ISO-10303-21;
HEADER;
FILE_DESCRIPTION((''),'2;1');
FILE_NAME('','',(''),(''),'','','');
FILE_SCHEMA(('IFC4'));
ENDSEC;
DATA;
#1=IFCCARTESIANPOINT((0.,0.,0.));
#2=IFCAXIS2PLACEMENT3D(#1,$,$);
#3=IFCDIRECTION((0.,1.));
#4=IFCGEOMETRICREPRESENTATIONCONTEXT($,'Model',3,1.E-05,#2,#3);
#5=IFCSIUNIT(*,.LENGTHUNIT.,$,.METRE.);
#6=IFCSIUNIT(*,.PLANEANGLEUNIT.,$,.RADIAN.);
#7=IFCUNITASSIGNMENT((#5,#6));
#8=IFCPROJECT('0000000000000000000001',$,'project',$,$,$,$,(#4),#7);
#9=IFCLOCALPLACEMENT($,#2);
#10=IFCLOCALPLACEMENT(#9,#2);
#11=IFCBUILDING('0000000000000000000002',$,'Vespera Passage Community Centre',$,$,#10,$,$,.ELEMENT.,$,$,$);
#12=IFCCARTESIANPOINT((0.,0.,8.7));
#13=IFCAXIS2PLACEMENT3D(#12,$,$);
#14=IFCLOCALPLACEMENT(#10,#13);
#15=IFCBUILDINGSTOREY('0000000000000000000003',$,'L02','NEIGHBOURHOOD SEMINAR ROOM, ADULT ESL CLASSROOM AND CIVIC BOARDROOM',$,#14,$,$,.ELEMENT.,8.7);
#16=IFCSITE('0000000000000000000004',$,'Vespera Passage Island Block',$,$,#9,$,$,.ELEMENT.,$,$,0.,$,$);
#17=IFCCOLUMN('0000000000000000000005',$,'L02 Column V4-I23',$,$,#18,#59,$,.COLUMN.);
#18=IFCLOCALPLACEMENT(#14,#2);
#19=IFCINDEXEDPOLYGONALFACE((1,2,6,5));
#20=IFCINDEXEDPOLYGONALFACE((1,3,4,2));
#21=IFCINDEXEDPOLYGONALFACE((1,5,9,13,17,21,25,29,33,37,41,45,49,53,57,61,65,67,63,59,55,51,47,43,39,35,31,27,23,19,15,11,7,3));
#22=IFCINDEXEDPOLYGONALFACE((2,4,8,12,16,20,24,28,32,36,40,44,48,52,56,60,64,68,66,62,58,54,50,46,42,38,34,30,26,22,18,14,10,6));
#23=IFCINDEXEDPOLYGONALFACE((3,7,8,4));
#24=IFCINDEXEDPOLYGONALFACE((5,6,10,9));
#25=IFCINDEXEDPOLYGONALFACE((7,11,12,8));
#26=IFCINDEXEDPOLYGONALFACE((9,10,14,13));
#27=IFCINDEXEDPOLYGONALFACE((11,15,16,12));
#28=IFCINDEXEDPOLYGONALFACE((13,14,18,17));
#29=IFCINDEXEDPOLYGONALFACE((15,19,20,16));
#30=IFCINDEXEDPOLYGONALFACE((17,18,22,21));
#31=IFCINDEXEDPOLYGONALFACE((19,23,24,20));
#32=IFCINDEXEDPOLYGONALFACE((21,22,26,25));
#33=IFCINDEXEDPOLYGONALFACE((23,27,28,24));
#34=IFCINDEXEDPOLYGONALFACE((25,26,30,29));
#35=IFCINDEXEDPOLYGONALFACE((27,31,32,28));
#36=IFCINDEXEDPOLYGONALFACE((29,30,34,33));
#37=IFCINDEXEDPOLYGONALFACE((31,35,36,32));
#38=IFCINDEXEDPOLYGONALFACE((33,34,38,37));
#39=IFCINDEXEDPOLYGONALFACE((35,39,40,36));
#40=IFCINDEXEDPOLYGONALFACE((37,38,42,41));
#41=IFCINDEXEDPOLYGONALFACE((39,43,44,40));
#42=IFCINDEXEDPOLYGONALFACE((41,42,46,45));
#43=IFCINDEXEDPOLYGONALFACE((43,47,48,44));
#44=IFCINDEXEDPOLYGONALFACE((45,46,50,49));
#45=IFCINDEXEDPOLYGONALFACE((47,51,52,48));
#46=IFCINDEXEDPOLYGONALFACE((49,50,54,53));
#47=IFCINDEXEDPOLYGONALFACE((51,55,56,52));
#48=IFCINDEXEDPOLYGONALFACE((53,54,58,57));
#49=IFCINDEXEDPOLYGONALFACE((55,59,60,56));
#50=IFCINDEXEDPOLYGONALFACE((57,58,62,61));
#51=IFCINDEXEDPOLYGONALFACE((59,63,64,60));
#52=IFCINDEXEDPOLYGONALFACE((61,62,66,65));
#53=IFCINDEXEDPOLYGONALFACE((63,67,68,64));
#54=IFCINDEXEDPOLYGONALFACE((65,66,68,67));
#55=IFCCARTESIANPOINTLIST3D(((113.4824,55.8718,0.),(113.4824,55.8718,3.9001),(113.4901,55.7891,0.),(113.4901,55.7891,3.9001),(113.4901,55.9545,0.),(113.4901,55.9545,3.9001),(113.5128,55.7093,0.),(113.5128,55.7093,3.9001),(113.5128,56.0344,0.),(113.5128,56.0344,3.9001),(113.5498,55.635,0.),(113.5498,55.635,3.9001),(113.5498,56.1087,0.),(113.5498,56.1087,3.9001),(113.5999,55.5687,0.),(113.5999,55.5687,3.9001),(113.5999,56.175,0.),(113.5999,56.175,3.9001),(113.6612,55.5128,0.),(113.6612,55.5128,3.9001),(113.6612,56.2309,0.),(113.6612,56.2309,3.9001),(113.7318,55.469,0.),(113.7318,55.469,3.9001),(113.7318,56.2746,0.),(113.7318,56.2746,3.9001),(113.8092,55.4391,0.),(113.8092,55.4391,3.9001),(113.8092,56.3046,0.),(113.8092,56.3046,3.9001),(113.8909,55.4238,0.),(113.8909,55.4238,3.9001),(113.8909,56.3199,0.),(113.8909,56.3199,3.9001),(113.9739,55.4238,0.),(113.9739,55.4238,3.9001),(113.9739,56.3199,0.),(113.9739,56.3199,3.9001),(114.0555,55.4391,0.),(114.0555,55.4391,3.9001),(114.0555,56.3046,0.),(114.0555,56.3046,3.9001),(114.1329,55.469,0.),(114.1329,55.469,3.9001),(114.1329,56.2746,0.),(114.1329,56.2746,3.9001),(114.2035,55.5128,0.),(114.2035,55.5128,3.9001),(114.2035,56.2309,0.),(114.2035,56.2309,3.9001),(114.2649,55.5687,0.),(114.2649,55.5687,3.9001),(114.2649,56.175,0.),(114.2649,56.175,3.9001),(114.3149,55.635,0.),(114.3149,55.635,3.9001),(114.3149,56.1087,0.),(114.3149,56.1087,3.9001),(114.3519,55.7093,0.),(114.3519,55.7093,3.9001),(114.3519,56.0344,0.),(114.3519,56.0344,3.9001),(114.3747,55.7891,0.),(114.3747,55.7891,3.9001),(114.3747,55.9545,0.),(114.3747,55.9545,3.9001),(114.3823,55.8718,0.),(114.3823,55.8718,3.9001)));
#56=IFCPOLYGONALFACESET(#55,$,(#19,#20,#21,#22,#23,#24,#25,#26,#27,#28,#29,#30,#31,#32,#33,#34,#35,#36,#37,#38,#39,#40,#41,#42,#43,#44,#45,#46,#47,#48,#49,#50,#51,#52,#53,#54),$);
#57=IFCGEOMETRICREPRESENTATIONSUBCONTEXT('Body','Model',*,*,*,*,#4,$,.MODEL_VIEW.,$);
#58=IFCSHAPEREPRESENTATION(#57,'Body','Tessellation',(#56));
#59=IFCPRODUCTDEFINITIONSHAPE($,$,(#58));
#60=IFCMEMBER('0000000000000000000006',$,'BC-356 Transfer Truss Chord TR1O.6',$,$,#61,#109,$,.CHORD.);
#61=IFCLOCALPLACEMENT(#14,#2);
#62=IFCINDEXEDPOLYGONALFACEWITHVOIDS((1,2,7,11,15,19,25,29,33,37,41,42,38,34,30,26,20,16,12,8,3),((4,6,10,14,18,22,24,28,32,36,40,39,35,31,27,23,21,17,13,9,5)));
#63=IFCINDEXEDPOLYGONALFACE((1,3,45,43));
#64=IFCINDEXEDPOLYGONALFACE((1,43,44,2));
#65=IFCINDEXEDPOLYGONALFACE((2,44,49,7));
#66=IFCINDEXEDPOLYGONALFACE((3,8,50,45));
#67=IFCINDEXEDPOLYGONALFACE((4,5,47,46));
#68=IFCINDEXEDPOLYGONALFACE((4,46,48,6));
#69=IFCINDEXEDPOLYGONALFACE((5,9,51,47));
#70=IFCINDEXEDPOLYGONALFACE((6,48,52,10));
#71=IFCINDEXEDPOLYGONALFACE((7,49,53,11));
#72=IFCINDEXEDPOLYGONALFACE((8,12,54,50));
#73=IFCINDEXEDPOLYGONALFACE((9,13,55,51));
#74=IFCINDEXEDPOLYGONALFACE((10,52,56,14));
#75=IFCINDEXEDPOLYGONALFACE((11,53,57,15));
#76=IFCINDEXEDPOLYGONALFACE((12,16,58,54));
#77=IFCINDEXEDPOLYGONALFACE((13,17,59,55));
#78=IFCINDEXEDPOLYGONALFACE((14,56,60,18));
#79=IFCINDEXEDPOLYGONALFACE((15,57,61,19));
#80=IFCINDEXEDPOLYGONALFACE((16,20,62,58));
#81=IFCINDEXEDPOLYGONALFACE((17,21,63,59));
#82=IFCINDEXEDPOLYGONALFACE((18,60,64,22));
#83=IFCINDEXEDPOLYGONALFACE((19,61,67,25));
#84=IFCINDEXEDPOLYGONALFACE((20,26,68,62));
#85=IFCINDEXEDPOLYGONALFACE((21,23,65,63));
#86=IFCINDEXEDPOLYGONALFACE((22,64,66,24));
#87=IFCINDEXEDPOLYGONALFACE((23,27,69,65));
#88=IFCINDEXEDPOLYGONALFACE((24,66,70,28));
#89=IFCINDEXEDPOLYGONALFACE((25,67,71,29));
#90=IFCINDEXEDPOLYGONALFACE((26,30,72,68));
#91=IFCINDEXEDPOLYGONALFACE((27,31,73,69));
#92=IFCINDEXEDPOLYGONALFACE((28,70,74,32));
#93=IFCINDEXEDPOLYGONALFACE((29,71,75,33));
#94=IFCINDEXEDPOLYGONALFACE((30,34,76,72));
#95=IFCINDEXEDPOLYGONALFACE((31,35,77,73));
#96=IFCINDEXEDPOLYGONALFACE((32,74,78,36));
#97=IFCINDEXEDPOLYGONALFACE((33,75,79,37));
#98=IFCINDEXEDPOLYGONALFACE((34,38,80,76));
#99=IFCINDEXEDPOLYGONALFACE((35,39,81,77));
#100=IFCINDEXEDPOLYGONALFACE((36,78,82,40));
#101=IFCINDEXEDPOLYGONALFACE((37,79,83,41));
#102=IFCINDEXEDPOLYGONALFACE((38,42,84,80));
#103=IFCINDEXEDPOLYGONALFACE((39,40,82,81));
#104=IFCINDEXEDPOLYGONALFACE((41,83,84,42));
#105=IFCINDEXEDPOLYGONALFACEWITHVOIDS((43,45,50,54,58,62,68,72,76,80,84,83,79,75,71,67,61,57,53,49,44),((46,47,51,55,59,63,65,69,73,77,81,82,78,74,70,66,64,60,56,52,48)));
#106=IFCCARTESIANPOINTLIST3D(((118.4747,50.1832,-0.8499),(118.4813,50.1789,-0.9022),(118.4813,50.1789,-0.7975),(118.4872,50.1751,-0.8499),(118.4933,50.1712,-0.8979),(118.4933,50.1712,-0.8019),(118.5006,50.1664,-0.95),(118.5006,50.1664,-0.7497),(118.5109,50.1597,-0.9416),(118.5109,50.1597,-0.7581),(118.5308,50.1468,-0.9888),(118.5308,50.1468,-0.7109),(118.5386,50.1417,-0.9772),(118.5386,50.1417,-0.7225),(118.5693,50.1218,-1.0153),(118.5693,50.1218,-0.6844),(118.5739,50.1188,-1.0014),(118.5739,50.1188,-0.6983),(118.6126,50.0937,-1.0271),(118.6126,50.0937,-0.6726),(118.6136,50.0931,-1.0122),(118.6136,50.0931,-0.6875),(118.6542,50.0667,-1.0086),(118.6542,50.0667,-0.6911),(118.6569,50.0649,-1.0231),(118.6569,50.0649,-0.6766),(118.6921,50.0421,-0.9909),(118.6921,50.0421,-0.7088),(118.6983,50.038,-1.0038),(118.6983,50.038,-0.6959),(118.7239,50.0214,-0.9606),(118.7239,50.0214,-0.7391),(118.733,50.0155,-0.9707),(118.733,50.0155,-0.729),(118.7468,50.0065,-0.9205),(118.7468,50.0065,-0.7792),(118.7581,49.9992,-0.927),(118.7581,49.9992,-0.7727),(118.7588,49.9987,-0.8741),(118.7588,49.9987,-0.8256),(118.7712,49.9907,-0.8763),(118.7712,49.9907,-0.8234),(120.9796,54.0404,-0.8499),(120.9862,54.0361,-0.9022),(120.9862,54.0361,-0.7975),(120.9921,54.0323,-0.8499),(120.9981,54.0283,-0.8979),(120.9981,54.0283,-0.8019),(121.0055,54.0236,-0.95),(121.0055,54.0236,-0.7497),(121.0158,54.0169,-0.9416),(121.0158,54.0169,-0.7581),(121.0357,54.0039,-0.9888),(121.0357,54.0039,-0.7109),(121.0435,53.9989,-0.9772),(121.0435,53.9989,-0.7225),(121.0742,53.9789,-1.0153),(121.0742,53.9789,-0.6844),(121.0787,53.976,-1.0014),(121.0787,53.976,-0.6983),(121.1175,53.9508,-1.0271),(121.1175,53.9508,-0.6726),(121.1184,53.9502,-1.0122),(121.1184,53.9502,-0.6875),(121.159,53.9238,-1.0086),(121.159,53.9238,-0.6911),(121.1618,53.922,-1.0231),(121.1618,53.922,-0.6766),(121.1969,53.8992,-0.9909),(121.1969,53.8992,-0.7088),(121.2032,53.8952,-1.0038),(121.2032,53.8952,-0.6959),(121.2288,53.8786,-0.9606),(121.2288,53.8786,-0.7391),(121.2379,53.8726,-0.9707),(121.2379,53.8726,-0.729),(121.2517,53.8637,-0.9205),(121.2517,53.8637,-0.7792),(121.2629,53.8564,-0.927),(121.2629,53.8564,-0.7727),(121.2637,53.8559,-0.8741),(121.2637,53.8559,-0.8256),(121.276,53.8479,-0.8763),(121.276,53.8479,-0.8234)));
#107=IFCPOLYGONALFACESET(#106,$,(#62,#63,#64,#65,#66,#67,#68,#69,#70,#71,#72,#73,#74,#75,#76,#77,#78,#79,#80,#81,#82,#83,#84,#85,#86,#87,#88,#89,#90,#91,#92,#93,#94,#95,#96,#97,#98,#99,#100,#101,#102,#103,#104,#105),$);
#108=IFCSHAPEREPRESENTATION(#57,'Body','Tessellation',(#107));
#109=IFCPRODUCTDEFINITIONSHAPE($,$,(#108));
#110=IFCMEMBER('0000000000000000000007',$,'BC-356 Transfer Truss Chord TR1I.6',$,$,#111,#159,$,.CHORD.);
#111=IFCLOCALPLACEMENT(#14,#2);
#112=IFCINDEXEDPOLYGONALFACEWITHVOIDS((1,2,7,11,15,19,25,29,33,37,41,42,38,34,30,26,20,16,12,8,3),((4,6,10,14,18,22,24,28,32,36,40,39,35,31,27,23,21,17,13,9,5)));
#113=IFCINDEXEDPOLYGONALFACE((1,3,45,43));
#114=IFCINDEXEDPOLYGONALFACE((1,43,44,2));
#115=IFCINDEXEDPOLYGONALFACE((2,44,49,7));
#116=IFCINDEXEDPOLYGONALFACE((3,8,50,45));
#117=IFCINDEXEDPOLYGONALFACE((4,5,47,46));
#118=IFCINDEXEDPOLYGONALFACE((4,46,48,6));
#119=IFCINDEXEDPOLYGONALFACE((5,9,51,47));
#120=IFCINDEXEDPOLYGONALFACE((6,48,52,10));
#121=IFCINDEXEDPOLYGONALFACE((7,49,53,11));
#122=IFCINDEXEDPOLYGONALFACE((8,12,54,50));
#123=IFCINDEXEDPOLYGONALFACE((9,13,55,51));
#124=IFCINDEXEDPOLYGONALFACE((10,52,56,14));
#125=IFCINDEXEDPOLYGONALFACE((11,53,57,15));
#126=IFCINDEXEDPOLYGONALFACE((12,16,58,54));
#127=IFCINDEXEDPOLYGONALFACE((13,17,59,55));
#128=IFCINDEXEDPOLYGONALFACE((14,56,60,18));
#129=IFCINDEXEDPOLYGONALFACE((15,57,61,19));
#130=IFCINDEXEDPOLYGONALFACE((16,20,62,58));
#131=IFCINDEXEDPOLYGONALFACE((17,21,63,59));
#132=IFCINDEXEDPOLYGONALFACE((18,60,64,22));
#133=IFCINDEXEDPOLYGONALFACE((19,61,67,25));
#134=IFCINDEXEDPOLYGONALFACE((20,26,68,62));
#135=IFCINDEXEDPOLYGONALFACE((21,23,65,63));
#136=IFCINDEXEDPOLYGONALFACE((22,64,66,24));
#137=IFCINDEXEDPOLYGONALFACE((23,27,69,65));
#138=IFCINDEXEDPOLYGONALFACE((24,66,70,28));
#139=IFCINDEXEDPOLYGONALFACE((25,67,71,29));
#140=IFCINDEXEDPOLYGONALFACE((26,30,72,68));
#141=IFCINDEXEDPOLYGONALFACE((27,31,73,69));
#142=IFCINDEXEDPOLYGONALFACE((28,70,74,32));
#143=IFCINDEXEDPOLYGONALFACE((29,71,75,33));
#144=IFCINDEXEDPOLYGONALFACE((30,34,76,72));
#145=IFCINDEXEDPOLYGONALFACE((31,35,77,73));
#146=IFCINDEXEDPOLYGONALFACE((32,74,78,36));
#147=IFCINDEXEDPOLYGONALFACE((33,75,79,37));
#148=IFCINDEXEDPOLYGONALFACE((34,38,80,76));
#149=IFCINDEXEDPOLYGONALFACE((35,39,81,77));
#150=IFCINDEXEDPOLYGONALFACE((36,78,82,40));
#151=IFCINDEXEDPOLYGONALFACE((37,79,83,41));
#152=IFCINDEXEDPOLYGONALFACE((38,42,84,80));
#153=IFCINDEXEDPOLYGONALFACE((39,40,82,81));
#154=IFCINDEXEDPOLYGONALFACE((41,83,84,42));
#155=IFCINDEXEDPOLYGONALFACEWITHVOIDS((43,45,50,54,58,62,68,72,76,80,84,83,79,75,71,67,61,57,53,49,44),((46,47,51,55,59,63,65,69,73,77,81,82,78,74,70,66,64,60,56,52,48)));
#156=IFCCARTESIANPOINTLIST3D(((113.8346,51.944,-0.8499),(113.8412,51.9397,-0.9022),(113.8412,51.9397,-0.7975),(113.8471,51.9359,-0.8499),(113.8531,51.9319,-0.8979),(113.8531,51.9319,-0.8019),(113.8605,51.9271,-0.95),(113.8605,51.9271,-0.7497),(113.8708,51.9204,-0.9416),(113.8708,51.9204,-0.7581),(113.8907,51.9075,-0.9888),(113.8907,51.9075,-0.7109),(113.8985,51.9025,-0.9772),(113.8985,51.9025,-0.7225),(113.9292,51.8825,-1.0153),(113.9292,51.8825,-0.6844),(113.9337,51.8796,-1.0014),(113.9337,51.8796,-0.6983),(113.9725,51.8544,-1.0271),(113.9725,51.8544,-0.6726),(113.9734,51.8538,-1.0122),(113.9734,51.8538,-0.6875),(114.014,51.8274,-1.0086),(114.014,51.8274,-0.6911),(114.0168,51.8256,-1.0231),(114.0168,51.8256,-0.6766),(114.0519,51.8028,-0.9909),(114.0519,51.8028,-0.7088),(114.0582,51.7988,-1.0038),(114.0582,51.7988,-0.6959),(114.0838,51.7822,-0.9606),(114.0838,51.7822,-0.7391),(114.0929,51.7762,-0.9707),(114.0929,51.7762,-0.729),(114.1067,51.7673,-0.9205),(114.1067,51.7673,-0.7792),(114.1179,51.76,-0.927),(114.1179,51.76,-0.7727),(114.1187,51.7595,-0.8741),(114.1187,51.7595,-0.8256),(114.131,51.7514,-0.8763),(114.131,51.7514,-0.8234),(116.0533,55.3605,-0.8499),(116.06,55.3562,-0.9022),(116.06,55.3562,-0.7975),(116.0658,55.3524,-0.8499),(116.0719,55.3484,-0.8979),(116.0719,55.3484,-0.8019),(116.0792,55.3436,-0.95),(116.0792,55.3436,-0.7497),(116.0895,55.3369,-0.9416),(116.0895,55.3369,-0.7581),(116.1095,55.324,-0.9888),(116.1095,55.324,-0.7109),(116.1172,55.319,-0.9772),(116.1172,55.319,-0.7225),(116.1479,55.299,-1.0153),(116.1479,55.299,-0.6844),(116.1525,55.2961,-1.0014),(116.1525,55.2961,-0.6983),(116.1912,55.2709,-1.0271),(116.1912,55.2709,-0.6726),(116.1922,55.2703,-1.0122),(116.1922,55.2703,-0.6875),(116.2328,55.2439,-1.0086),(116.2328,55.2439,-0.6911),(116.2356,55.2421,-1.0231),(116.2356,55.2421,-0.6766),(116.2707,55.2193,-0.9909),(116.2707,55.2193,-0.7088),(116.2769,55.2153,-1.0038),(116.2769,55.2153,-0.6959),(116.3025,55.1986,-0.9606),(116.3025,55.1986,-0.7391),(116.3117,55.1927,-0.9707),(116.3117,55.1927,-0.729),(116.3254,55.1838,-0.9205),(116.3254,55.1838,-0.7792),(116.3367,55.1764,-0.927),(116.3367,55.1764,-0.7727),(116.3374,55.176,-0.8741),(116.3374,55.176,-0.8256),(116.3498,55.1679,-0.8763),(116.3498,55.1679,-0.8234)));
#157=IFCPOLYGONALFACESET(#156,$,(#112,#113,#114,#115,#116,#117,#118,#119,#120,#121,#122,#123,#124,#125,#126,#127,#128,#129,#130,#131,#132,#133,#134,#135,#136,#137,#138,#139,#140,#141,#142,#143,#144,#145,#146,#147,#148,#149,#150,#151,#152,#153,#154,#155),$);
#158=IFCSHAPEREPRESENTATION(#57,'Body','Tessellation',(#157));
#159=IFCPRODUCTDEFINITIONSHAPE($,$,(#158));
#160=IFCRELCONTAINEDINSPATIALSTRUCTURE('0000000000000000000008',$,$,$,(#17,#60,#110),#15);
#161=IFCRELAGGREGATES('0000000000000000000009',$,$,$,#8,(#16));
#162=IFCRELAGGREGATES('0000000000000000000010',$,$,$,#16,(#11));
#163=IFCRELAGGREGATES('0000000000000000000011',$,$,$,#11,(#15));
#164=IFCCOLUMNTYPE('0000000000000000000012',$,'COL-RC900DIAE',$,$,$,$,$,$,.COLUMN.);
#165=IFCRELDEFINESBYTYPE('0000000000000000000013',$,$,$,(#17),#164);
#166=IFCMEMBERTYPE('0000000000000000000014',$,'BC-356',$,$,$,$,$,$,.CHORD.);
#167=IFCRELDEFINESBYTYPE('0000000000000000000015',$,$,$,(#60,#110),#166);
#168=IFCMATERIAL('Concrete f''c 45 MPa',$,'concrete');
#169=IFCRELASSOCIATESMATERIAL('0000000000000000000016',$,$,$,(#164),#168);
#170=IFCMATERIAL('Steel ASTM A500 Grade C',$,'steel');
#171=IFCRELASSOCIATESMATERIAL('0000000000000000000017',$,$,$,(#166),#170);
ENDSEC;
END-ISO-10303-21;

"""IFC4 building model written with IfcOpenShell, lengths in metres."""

from ifc_helpers import new_model, si_unit, direction, frame, origin, origin_2d, place, context, subcontext, project, spatial, circle, hollow_circle, extrude, material, material_profile, profile_set, type_object, element, save


model = new_model("IFC4")

# Units and contexts
model_context = context("Model", 3, precision=1e-05, world=origin(), true_north=direction((0.0, 1.0)))
body_context = subcontext(model_context, "Body", "Model", "MODEL_VIEW")
ifc_project = project(units=[si_unit("LENGTHUNIT", "METRE"), si_unit("PLANEANGLEUNIT", "RADIAN")], contexts=[model_context])

# Site, building, storey
site_placement = place(None, origin())
site = spatial("IfcSite", under=ifc_project, at=site_placement, Name="Vespera Passage Island Block", CompositionType="ELEMENT", RefElevation=0.0)
building_placement = place(site_placement, origin())
building = spatial("IfcBuilding", under=site, at=building_placement, Name="Vespera Passage Community Centre", CompositionType="ELEMENT")
storey_placement = place(building_placement, frame((0.0, 0.0, 8.7)))
storey = spatial("IfcBuildingStorey", under=building, at=storey_placement, Name="L02", Description="NEIGHBOURHOOD SEMINAR ROOM, ADULT ESL CLASSROOM AND CIVIC BOARDROOM", CompositionType="ELEMENT", Elevation=8.7)

# Column
ifc_material_1 = material(Name="Concrete f'c 45 MPa", Category="concrete")
ifc_material_profile_1 = material_profile(ifc_material_1, circle(Radius=0.45, at=origin_2d()), Name="RC900DIA")
ifc_profile_set_1 = profile_set([ifc_material_profile_1], Name="Concrete f'c 45 MPa")
column_type = type_object("IfcColumnType", Name="COL-RC900DIAE", PredefinedType="COLUMN", material=ifc_profile_set_1)
column_placement = place(storey_placement, frame((113.9324, 55.8718, 0.0), z_axis=(0.0, 0.0, 1.0), x_axis=(1.0, 0.0, 0.0)))
element("IfcColumn", 1, at=column_placement, inside=storey, type_object=column_type, Name="L02 Column V4-I23", PredefinedType="COLUMN", context=body_context, shape_type="SweptSolid", body=[
    extrude(circle(Radius=0.45, at=origin_2d()), origin(), (0.0, 0.0, 1.0), 3.9001),
])

# Members
ifc_material_2 = material(Name="Steel ASTM A500 Grade C", Category="steel")
ifc_material_profile_2 = material_profile(ifc_material_2, hollow_circle(Radius=0.1777, WallThickness=0.0149, at=origin_2d()), Name="CHS356X15.9")
ifc_profile_set_2 = profile_set([ifc_material_profile_2], Name="Steel ASTM A500 Grade C")
member_type_1 = type_object("IfcMemberType", Name="BC-356", PredefinedType="CHORD", material=ifc_profile_set_2)
member_1_placement = place(storey_placement, frame((118.6238, 50.0864, -0.8499), z_axis=(0.544639, 0.83867, 0.0), x_axis=(-0.83867, 0.544639, 0.0)))
element("IfcMember", 2, at=member_1_placement, inside=storey, type_object=member_type_1, Name="BC-356 Transfer Truss Chord TR1O.6", PredefinedType="CHORD", context=body_context, shape_type="SweptSolid", body=[
    extrude(hollow_circle(Radius=0.1777, WallThickness=0.0149, at=origin_2d()), origin(), (0.0, 0.0, 1.0), 4.5991),
])
member_2_placement = place(storey_placement, frame((113.9836, 51.8472, -0.8499), z_axis=(0.544647, 0.838665, 0.0), x_axis=(-0.838665, 0.544647, 0.0)))
element("IfcMember", 3, at=member_2_placement, inside=storey, type_object=member_type_1, Name="BC-356 Transfer Truss Chord TR1I.6", PredefinedType="CHORD", context=body_context, shape_type="SweptSolid", body=[
    extrude(hollow_circle(Radius=0.1777, WallThickness=0.0149, at=origin_2d()), origin(), (0.0, 0.0, 1.0), 4.0737),
])

save(model, "model.ifc")
